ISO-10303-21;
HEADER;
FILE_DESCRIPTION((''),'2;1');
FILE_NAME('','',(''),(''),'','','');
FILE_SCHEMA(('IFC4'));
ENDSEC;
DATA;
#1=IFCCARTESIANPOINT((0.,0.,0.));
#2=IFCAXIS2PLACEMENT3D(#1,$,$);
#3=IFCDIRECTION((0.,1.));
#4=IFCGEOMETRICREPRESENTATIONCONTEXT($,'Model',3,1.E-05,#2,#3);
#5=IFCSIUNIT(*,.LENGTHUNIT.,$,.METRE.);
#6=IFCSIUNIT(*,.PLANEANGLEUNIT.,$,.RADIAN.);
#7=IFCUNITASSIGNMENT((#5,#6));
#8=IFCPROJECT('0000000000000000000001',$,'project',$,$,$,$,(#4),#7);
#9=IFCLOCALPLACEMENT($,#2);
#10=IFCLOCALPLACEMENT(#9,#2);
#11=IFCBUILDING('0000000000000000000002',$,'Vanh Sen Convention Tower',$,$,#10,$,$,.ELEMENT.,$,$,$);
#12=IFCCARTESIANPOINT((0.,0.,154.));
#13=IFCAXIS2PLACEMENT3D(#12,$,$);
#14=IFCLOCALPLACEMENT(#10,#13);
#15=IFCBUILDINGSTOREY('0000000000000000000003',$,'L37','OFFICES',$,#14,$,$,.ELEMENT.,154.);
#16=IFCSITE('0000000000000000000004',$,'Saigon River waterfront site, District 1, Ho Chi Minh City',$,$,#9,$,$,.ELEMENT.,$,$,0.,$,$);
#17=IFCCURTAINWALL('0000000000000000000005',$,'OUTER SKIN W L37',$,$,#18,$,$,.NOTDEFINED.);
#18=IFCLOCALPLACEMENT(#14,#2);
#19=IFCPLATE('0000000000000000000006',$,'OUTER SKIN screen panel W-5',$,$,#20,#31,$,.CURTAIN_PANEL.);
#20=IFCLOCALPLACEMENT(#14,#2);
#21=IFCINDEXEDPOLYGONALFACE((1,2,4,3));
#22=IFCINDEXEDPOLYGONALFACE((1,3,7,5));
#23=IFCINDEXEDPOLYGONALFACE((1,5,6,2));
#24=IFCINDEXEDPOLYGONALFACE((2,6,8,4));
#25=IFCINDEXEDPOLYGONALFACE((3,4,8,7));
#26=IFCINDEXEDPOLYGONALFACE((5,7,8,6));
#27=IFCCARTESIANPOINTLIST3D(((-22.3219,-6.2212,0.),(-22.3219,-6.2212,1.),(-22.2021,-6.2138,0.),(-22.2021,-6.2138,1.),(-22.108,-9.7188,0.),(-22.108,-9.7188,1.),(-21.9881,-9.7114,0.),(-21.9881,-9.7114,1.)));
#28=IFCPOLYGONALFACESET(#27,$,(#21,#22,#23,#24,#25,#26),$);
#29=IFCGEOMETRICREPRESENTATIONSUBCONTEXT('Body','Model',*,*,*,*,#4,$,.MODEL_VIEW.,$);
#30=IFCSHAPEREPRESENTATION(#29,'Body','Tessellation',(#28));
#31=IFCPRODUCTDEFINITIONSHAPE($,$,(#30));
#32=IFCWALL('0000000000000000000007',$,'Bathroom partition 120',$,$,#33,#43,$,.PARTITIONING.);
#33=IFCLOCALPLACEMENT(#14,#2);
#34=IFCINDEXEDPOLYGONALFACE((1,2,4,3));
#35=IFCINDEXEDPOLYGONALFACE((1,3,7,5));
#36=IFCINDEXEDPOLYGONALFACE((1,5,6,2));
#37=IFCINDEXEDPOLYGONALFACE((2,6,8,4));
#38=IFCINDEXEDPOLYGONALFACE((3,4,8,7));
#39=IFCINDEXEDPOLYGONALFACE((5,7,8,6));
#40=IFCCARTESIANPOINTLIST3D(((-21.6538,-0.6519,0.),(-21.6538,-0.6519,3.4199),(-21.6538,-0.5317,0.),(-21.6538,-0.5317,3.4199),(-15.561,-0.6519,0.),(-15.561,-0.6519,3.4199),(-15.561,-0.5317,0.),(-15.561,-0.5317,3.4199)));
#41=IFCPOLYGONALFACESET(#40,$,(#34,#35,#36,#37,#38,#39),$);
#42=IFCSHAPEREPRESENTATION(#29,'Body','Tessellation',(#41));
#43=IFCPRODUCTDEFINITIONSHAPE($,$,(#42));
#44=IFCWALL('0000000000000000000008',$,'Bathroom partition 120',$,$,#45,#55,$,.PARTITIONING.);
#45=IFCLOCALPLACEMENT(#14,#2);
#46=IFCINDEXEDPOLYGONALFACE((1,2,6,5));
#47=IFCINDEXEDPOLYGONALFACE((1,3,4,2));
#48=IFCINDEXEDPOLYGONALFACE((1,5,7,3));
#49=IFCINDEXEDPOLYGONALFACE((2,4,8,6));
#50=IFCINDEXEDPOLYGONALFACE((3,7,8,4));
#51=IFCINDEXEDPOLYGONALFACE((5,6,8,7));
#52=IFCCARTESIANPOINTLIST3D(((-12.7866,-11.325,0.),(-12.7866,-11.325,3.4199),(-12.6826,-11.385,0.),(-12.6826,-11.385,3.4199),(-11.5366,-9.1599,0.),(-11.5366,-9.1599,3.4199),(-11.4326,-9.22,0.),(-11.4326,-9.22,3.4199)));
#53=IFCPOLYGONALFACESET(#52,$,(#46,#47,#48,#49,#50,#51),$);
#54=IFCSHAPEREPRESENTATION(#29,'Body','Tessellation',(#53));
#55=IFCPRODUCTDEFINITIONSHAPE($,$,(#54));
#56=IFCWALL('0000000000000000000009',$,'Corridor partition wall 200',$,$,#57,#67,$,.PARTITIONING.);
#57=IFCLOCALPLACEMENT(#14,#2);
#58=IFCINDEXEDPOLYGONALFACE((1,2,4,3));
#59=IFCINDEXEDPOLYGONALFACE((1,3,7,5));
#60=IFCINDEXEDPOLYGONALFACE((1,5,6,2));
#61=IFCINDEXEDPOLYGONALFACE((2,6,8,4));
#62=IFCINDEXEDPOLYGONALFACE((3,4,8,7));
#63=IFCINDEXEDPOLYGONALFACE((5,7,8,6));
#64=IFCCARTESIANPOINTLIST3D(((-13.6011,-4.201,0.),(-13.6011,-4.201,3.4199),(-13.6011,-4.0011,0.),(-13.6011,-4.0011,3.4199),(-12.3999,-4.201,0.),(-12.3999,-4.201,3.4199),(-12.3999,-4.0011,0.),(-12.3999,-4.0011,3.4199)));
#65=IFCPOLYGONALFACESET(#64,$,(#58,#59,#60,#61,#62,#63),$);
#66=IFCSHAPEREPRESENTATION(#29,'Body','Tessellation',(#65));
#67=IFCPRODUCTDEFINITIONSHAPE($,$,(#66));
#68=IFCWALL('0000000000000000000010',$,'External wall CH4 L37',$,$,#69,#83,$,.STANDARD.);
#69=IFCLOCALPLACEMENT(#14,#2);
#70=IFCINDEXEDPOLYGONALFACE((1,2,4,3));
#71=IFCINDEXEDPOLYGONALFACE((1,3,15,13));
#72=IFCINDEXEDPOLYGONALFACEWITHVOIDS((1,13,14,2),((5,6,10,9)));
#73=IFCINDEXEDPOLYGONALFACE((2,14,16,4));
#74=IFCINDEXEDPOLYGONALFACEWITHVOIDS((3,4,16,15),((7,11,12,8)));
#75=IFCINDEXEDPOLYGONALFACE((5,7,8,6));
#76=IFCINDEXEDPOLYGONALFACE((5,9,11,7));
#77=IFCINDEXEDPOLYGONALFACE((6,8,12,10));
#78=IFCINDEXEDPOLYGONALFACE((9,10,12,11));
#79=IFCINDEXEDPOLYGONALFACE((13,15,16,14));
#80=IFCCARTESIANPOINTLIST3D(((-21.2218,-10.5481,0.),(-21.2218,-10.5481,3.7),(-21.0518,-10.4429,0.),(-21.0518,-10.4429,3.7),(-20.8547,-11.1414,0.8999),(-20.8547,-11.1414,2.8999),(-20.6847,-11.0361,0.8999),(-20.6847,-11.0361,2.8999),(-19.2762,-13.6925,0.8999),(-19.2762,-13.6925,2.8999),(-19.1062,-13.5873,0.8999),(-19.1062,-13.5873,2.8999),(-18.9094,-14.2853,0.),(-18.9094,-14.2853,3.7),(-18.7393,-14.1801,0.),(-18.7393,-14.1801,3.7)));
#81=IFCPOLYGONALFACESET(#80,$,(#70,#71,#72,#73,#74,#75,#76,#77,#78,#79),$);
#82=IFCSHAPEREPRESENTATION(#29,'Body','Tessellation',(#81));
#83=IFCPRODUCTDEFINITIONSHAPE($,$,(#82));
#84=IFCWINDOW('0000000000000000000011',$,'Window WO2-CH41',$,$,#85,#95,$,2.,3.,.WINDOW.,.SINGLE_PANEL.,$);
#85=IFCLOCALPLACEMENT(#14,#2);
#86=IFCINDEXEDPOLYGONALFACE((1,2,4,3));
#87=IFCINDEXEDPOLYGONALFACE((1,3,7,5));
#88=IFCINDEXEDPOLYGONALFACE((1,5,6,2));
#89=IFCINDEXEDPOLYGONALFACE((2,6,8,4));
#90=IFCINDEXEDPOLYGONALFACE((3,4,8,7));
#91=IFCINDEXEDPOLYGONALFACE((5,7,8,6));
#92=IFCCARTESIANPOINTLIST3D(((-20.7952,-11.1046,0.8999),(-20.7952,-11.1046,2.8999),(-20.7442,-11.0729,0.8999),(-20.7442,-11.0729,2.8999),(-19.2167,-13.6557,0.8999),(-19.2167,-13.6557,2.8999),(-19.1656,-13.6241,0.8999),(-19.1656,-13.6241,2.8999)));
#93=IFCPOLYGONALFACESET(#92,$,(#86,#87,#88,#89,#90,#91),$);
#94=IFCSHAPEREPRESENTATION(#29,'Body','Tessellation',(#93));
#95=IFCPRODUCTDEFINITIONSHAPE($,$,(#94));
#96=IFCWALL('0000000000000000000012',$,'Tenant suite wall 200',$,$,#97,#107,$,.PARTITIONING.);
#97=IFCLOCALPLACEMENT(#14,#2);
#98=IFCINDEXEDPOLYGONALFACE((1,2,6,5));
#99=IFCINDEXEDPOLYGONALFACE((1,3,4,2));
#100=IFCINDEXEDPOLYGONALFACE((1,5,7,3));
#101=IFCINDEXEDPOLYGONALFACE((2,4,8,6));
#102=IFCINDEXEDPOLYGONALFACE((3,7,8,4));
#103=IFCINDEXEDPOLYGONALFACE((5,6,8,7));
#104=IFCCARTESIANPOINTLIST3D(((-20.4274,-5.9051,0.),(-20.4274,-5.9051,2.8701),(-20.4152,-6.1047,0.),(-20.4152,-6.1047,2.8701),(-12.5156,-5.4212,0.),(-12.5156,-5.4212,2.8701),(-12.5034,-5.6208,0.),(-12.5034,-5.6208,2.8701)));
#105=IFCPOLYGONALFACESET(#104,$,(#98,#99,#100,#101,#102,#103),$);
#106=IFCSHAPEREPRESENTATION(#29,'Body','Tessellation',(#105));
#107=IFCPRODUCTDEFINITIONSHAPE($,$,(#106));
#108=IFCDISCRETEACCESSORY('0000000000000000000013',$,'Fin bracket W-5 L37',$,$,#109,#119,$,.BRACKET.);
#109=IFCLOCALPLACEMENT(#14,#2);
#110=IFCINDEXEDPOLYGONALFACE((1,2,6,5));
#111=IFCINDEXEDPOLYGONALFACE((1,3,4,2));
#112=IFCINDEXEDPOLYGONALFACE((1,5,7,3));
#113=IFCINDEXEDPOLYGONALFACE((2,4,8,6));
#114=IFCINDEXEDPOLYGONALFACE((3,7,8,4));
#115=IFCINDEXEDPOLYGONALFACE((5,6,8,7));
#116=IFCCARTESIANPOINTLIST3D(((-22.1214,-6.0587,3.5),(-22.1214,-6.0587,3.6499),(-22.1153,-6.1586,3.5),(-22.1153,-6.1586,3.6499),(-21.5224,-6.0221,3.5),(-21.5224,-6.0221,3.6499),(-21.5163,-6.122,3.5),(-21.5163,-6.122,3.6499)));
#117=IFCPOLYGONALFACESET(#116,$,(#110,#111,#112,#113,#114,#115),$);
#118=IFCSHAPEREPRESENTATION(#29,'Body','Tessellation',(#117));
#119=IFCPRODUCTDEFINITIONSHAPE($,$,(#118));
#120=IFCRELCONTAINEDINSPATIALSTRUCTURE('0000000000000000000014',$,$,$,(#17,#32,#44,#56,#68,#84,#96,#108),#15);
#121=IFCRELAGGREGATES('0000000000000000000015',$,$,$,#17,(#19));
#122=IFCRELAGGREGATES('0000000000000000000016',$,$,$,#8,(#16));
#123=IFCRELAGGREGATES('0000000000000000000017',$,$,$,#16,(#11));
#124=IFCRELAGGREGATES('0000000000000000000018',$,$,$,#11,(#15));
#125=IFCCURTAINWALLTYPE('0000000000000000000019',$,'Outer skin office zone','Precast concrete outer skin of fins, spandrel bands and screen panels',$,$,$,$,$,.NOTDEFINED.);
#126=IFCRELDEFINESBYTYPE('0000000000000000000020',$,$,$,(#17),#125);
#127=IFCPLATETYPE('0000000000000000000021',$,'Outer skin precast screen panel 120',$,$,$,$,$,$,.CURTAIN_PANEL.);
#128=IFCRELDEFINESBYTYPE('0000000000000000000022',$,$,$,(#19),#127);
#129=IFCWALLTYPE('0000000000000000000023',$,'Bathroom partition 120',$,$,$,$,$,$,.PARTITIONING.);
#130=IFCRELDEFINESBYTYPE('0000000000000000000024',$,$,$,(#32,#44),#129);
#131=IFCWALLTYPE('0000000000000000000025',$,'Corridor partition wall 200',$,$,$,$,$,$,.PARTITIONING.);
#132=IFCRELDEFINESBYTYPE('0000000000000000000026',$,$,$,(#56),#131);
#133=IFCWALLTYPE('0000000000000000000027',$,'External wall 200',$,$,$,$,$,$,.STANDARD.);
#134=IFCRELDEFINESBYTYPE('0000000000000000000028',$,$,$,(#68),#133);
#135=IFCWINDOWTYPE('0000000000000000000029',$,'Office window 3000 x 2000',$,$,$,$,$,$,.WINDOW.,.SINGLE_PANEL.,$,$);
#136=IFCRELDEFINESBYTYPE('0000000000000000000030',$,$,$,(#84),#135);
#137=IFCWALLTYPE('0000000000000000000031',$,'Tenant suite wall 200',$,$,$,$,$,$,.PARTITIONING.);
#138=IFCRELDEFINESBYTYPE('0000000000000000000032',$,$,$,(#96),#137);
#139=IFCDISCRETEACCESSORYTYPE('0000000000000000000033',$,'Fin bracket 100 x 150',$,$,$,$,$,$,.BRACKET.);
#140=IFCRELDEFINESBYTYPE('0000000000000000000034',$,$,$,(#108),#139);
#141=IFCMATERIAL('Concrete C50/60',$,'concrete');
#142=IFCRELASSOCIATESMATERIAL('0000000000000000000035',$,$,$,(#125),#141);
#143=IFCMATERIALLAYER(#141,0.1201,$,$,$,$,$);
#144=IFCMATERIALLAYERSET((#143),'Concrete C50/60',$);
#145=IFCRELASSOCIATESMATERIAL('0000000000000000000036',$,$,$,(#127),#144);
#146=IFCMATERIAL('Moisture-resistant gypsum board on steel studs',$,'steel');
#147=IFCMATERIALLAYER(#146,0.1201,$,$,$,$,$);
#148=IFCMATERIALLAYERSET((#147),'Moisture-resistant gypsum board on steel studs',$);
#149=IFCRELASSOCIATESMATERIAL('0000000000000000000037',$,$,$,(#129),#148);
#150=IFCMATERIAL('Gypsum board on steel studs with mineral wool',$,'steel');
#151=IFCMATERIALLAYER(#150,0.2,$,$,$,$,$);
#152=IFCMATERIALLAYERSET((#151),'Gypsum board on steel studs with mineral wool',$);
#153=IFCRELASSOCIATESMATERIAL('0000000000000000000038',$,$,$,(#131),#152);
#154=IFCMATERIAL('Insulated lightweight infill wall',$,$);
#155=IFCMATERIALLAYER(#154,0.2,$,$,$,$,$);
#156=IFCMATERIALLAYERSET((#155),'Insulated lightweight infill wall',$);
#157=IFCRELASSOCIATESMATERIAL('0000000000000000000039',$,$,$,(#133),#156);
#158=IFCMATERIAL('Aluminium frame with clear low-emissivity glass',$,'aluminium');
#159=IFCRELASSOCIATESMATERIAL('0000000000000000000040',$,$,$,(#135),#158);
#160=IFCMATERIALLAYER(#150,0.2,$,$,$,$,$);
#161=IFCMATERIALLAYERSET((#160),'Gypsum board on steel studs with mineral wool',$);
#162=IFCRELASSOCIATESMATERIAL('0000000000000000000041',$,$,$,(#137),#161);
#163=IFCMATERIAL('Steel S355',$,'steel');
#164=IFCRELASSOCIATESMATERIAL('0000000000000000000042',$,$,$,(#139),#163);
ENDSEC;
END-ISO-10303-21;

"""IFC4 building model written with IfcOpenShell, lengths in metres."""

from ifc_helpers import new_model, si_unit, direction, frame, frame_2d, origin, origin_2d, place, context, subcontext, project, spatial, rectangle, extrude, material, layer, layer_set, type_object, element, fill, aggregate, save


model = new_model("IFC4")

# Units and contexts
model_context = context("Model", 3, precision=1e-05, world=origin(), true_north=direction((0.0, 1.0)))
body_context = subcontext(model_context, "Body", "Model", "MODEL_VIEW")
ifc_project = project(units=[si_unit("LENGTHUNIT", "METRE"), si_unit("PLANEANGLEUNIT", "RADIAN")], contexts=[model_context])

# Site, building, storey
site_placement = place(None, origin())
site = spatial("IfcSite", under=ifc_project, at=site_placement, Name="Saigon River waterfront site, District 1, Ho Chi Minh City", CompositionType="ELEMENT", RefElevation=0.0)
building_placement = place(site_placement, origin())
building = spatial("IfcBuilding", under=site, at=building_placement, Name="Vanh Sen Convention Tower", CompositionType="ELEMENT")
storey_placement = place(building_placement, frame((0.0, 0.0, 154.0)))
storey = spatial("IfcBuildingStorey", under=building, at=storey_placement, Name="L37", Description="OFFICES", CompositionType="ELEMENT", Elevation=154.0)

# Curtain wall
ifc_material_1 = material(Name="Concrete C50/60", Category="concrete")
curtain_wall_type = type_object("IfcCurtainWallType", Name="Outer skin office zone", Description="Precast concrete outer skin of fins, spandrel bands and screen panels", PredefinedType="NOTDEFINED", material=ifc_material_1)
curtain_wall_1_placement = place(storey_placement, origin())
curtain_wall_1 = element("IfcCurtainWall", 1, at=curtain_wall_1_placement, inside=storey, type_object=curtain_wall_type, Name="OUTER SKIN W L37", PredefinedType="NOTDEFINED")

# Plate
ifc_layer_1 = layer(ifc_material_1, 0.1201)
ifc_layer_set_1 = layer_set([ifc_layer_1], Name="Concrete C50/60")
plate_type = type_object("IfcPlateType", Name="Outer skin precast screen panel 120", PredefinedType="CURTAIN_PANEL", material=ifc_layer_set_1)
plate_1_placement = place(storey_placement, frame((-22.155, -7.9663, 0.0), z_axis=(0.0, 0.0, 1.0), x_axis=(0.061054, -0.998134, 0.0)))
plate_1 = element("IfcPlate", 2, at=plate_1_placement, type_object=plate_type, Name="OUTER SKIN screen panel W-5", PredefinedType="CURTAIN_PANEL", context=body_context, shape_type="SweptSolid", body=[
    extrude(rectangle(XDim=3.5042, YDim=0.1201, at=origin_2d()), origin(), (0.0, 0.0, 1.0), 1.0),
])
aggregate(curtain_wall_1, [plate_1])

# Walls
ifc_material_2 = material(Name="Moisture-resistant gypsum board on steel studs", Category="steel")
ifc_layer_2 = layer(ifc_material_2, 0.1201)
ifc_layer_set_2 = layer_set([ifc_layer_2], Name="Moisture-resistant gypsum board on steel studs")
wall_type_1 = type_object("IfcWallType", Name="Bathroom partition 120", PredefinedType="PARTITIONING", material=ifc_layer_set_2)
wall_1_placement = place(storey_placement, frame((-21.6538, -0.5918, 0.0), z_axis=(0.0, 0.0, 1.0), x_axis=(1.0, 0.0, 0.0)))
element("IfcWall", 3, at=wall_1_placement, inside=storey, type_object=wall_type_1, Name="Bathroom partition 120", PredefinedType="PARTITIONING", context=body_context, shape_type="SweptSolid", body=[
    extrude(rectangle(XDim=6.0928, YDim=0.1201, at=frame_2d((3.0464, 0.0))), origin(), (0.0, 0.0, 1.0), 3.4199),
])
wall_2_placement = place(storey_placement, frame((-12.7346, -11.355, 0.0), z_axis=(0.0, 0.0, 1.0), x_axis=(0.500004, 0.866023, 0.0)))
element("IfcWall", 4, at=wall_2_placement, inside=storey, type_object=wall_type_1, Name="Bathroom partition 120", PredefinedType="PARTITIONING", context=body_context, shape_type="SweptSolid", body=[
    extrude(rectangle(XDim=2.5, YDim=0.1201, at=frame_2d((1.25, 0.0))), origin(), (0.0, 0.0, 1.0), 3.4199),
])
ifc_material_3 = material(Name="Gypsum board on steel studs with mineral wool", Category="steel")
ifc_layer_3 = layer(ifc_material_3, 0.2)
ifc_layer_set_3 = layer_set([ifc_layer_3], Name="Gypsum board on steel studs with mineral wool")
wall_type_2 = type_object("IfcWallType", Name="Corridor partition wall 200", PredefinedType="PARTITIONING", material=ifc_layer_set_3)
wall_3_placement = place(storey_placement, frame((-13.6011, -4.1011, 0.0), z_axis=(0.0, 0.0, 1.0), x_axis=(1.0, 0.0, 0.0)))
element("IfcWall", 5, at=wall_3_placement, inside=storey, type_object=wall_type_2, Name="Corridor partition wall 200", PredefinedType="PARTITIONING", context=body_context, shape_type="SweptSolid", body=[
    extrude(rectangle(XDim=1.2012, YDim=0.2, at=frame_2d((0.6006, 0.0))), origin(), (0.0, 0.0, 1.0), 3.4199),
])

# Wall, opening, window
ifc_material_4 = material(Name="Insulated lightweight infill wall")
ifc_layer_4 = layer(ifc_material_4, 0.2)
ifc_layer_set_4 = layer_set([ifc_layer_4], Name="Insulated lightweight infill wall")
wall_type_3 = type_object("IfcWallType", Name="External wall 200", PredefinedType="STANDARD", material=ifc_layer_set_4)
wall_4_placement = place(storey_placement, frame((-21.1367, -10.4956, 0.0), z_axis=(0.0, 0.0, 1.0), x_axis=(0.526179, -0.850374, 0.0)))
wall_4 = element("IfcWall", 6, at=wall_4_placement, inside=storey, type_object=wall_type_3, Name="External wall CH4 L37", PredefinedType="STANDARD", context=body_context, shape_type="SweptSolid", body=[
    extrude(rectangle(XDim=4.3948, YDim=0.2, at=frame_2d((2.1973, 0.0))), origin(), (0.0, 0.0, 1.0), 3.7),
])
opening_placement = place(wall_4_placement, frame((0.6975, 0.0, 0.8999)))
opening = element("IfcOpeningElement", 7, at=opening_placement, cuts=wall_4, PredefinedType="OPENING", context=body_context, shape_type="SweptSolid", body=[
    extrude(rectangle(XDim=3.0, YDim=2.0, at=frame_2d((1.5, 1.0))), frame((0.0, 0.1099, 0.0), z_axis=(0.0, -1.0, 0.0), x_axis=(1.0, 0.0, 0.0)), (0.0, 0.0, 1.0), 0.22),
])
ifc_material_5 = material(Name="Aluminium frame with clear low-emissivity glass", Category="aluminium")
window_type = type_object("IfcWindowType", Name="Office window 3000 x 2000", PartitioningType="SINGLE_PANEL", PredefinedType="WINDOW", material=ifc_material_5)
window_placement = place(opening_placement, origin())
window = element("IfcWindow", 8, at=window_placement, inside=storey, type_object=window_type, Name="Window WO2-CH41", OverallHeight=2.0, OverallWidth=3.0, PartitioningType="SINGLE_PANEL", PredefinedType="WINDOW", context=body_context, shape_type="SweptSolid", body=[
    extrude(rectangle(XDim=3.0, YDim=2.0, at=frame_2d((1.5, 1.0))), frame((0.0, 0.03, 0.0), z_axis=(0.0, -1.0, 0.0), x_axis=(1.0, 0.0, 0.0)), (0.0, 0.0, 1.0), 0.0601),
])
fill(opening, window)

# Wall
ifc_layer_5 = layer(ifc_material_3, 0.2)
ifc_layer_set_5 = layer_set([ifc_layer_5], Name="Gypsum board on steel studs with mineral wool")
wall_type_4 = type_object("IfcWallType", Name="Tenant suite wall 200", PredefinedType="PARTITIONING", material=ifc_layer_set_5)
wall_5_placement = place(storey_placement, frame((-20.4214, -6.0049, 0.0), z_axis=(0.0, 0.0, 1.0), x_axis=(0.998135, 0.061047, 0.0)))
element("IfcWall", 9, at=wall_5_placement, inside=storey, type_object=wall_type_4, Name="Tenant suite wall 200", PredefinedType="PARTITIONING", context=body_context, shape_type="SweptSolid", body=[
    extrude(rectangle(XDim=7.9265, YDim=0.2, at=frame_2d((3.9634, 0.0))), origin(), (0.0, 0.0, 1.0), 2.8701),
])

# Discrete accessory
ifc_material_6 = material(Name="Steel S355", Category="steel")
discrete_accessory_type = type_object("IfcDiscreteAccessoryType", Name="Fin bracket 100 x 150", PredefinedType="BRACKET", material=ifc_material_6)
discrete_accessory_placement = place(storey_placement, frame((-21.8188, -6.0903, 3.5), z_axis=(0.0, 0.0, 1.0), x_axis=(-0.998135, -0.061049, 0.0)))
element("IfcDiscreteAccessory", 10, at=discrete_accessory_placement, inside=storey, type_object=discrete_accessory_type, Name="Fin bracket W-5 L37", PredefinedType="BRACKET", context=body_context, shape_type="SweptSolid", body=[
    extrude(rectangle(XDim=0.6001, YDim=0.1001, at=origin_2d()), origin(), (0.0, 0.0, 1.0), 0.1499),
])

save(model, "model.ifc")
